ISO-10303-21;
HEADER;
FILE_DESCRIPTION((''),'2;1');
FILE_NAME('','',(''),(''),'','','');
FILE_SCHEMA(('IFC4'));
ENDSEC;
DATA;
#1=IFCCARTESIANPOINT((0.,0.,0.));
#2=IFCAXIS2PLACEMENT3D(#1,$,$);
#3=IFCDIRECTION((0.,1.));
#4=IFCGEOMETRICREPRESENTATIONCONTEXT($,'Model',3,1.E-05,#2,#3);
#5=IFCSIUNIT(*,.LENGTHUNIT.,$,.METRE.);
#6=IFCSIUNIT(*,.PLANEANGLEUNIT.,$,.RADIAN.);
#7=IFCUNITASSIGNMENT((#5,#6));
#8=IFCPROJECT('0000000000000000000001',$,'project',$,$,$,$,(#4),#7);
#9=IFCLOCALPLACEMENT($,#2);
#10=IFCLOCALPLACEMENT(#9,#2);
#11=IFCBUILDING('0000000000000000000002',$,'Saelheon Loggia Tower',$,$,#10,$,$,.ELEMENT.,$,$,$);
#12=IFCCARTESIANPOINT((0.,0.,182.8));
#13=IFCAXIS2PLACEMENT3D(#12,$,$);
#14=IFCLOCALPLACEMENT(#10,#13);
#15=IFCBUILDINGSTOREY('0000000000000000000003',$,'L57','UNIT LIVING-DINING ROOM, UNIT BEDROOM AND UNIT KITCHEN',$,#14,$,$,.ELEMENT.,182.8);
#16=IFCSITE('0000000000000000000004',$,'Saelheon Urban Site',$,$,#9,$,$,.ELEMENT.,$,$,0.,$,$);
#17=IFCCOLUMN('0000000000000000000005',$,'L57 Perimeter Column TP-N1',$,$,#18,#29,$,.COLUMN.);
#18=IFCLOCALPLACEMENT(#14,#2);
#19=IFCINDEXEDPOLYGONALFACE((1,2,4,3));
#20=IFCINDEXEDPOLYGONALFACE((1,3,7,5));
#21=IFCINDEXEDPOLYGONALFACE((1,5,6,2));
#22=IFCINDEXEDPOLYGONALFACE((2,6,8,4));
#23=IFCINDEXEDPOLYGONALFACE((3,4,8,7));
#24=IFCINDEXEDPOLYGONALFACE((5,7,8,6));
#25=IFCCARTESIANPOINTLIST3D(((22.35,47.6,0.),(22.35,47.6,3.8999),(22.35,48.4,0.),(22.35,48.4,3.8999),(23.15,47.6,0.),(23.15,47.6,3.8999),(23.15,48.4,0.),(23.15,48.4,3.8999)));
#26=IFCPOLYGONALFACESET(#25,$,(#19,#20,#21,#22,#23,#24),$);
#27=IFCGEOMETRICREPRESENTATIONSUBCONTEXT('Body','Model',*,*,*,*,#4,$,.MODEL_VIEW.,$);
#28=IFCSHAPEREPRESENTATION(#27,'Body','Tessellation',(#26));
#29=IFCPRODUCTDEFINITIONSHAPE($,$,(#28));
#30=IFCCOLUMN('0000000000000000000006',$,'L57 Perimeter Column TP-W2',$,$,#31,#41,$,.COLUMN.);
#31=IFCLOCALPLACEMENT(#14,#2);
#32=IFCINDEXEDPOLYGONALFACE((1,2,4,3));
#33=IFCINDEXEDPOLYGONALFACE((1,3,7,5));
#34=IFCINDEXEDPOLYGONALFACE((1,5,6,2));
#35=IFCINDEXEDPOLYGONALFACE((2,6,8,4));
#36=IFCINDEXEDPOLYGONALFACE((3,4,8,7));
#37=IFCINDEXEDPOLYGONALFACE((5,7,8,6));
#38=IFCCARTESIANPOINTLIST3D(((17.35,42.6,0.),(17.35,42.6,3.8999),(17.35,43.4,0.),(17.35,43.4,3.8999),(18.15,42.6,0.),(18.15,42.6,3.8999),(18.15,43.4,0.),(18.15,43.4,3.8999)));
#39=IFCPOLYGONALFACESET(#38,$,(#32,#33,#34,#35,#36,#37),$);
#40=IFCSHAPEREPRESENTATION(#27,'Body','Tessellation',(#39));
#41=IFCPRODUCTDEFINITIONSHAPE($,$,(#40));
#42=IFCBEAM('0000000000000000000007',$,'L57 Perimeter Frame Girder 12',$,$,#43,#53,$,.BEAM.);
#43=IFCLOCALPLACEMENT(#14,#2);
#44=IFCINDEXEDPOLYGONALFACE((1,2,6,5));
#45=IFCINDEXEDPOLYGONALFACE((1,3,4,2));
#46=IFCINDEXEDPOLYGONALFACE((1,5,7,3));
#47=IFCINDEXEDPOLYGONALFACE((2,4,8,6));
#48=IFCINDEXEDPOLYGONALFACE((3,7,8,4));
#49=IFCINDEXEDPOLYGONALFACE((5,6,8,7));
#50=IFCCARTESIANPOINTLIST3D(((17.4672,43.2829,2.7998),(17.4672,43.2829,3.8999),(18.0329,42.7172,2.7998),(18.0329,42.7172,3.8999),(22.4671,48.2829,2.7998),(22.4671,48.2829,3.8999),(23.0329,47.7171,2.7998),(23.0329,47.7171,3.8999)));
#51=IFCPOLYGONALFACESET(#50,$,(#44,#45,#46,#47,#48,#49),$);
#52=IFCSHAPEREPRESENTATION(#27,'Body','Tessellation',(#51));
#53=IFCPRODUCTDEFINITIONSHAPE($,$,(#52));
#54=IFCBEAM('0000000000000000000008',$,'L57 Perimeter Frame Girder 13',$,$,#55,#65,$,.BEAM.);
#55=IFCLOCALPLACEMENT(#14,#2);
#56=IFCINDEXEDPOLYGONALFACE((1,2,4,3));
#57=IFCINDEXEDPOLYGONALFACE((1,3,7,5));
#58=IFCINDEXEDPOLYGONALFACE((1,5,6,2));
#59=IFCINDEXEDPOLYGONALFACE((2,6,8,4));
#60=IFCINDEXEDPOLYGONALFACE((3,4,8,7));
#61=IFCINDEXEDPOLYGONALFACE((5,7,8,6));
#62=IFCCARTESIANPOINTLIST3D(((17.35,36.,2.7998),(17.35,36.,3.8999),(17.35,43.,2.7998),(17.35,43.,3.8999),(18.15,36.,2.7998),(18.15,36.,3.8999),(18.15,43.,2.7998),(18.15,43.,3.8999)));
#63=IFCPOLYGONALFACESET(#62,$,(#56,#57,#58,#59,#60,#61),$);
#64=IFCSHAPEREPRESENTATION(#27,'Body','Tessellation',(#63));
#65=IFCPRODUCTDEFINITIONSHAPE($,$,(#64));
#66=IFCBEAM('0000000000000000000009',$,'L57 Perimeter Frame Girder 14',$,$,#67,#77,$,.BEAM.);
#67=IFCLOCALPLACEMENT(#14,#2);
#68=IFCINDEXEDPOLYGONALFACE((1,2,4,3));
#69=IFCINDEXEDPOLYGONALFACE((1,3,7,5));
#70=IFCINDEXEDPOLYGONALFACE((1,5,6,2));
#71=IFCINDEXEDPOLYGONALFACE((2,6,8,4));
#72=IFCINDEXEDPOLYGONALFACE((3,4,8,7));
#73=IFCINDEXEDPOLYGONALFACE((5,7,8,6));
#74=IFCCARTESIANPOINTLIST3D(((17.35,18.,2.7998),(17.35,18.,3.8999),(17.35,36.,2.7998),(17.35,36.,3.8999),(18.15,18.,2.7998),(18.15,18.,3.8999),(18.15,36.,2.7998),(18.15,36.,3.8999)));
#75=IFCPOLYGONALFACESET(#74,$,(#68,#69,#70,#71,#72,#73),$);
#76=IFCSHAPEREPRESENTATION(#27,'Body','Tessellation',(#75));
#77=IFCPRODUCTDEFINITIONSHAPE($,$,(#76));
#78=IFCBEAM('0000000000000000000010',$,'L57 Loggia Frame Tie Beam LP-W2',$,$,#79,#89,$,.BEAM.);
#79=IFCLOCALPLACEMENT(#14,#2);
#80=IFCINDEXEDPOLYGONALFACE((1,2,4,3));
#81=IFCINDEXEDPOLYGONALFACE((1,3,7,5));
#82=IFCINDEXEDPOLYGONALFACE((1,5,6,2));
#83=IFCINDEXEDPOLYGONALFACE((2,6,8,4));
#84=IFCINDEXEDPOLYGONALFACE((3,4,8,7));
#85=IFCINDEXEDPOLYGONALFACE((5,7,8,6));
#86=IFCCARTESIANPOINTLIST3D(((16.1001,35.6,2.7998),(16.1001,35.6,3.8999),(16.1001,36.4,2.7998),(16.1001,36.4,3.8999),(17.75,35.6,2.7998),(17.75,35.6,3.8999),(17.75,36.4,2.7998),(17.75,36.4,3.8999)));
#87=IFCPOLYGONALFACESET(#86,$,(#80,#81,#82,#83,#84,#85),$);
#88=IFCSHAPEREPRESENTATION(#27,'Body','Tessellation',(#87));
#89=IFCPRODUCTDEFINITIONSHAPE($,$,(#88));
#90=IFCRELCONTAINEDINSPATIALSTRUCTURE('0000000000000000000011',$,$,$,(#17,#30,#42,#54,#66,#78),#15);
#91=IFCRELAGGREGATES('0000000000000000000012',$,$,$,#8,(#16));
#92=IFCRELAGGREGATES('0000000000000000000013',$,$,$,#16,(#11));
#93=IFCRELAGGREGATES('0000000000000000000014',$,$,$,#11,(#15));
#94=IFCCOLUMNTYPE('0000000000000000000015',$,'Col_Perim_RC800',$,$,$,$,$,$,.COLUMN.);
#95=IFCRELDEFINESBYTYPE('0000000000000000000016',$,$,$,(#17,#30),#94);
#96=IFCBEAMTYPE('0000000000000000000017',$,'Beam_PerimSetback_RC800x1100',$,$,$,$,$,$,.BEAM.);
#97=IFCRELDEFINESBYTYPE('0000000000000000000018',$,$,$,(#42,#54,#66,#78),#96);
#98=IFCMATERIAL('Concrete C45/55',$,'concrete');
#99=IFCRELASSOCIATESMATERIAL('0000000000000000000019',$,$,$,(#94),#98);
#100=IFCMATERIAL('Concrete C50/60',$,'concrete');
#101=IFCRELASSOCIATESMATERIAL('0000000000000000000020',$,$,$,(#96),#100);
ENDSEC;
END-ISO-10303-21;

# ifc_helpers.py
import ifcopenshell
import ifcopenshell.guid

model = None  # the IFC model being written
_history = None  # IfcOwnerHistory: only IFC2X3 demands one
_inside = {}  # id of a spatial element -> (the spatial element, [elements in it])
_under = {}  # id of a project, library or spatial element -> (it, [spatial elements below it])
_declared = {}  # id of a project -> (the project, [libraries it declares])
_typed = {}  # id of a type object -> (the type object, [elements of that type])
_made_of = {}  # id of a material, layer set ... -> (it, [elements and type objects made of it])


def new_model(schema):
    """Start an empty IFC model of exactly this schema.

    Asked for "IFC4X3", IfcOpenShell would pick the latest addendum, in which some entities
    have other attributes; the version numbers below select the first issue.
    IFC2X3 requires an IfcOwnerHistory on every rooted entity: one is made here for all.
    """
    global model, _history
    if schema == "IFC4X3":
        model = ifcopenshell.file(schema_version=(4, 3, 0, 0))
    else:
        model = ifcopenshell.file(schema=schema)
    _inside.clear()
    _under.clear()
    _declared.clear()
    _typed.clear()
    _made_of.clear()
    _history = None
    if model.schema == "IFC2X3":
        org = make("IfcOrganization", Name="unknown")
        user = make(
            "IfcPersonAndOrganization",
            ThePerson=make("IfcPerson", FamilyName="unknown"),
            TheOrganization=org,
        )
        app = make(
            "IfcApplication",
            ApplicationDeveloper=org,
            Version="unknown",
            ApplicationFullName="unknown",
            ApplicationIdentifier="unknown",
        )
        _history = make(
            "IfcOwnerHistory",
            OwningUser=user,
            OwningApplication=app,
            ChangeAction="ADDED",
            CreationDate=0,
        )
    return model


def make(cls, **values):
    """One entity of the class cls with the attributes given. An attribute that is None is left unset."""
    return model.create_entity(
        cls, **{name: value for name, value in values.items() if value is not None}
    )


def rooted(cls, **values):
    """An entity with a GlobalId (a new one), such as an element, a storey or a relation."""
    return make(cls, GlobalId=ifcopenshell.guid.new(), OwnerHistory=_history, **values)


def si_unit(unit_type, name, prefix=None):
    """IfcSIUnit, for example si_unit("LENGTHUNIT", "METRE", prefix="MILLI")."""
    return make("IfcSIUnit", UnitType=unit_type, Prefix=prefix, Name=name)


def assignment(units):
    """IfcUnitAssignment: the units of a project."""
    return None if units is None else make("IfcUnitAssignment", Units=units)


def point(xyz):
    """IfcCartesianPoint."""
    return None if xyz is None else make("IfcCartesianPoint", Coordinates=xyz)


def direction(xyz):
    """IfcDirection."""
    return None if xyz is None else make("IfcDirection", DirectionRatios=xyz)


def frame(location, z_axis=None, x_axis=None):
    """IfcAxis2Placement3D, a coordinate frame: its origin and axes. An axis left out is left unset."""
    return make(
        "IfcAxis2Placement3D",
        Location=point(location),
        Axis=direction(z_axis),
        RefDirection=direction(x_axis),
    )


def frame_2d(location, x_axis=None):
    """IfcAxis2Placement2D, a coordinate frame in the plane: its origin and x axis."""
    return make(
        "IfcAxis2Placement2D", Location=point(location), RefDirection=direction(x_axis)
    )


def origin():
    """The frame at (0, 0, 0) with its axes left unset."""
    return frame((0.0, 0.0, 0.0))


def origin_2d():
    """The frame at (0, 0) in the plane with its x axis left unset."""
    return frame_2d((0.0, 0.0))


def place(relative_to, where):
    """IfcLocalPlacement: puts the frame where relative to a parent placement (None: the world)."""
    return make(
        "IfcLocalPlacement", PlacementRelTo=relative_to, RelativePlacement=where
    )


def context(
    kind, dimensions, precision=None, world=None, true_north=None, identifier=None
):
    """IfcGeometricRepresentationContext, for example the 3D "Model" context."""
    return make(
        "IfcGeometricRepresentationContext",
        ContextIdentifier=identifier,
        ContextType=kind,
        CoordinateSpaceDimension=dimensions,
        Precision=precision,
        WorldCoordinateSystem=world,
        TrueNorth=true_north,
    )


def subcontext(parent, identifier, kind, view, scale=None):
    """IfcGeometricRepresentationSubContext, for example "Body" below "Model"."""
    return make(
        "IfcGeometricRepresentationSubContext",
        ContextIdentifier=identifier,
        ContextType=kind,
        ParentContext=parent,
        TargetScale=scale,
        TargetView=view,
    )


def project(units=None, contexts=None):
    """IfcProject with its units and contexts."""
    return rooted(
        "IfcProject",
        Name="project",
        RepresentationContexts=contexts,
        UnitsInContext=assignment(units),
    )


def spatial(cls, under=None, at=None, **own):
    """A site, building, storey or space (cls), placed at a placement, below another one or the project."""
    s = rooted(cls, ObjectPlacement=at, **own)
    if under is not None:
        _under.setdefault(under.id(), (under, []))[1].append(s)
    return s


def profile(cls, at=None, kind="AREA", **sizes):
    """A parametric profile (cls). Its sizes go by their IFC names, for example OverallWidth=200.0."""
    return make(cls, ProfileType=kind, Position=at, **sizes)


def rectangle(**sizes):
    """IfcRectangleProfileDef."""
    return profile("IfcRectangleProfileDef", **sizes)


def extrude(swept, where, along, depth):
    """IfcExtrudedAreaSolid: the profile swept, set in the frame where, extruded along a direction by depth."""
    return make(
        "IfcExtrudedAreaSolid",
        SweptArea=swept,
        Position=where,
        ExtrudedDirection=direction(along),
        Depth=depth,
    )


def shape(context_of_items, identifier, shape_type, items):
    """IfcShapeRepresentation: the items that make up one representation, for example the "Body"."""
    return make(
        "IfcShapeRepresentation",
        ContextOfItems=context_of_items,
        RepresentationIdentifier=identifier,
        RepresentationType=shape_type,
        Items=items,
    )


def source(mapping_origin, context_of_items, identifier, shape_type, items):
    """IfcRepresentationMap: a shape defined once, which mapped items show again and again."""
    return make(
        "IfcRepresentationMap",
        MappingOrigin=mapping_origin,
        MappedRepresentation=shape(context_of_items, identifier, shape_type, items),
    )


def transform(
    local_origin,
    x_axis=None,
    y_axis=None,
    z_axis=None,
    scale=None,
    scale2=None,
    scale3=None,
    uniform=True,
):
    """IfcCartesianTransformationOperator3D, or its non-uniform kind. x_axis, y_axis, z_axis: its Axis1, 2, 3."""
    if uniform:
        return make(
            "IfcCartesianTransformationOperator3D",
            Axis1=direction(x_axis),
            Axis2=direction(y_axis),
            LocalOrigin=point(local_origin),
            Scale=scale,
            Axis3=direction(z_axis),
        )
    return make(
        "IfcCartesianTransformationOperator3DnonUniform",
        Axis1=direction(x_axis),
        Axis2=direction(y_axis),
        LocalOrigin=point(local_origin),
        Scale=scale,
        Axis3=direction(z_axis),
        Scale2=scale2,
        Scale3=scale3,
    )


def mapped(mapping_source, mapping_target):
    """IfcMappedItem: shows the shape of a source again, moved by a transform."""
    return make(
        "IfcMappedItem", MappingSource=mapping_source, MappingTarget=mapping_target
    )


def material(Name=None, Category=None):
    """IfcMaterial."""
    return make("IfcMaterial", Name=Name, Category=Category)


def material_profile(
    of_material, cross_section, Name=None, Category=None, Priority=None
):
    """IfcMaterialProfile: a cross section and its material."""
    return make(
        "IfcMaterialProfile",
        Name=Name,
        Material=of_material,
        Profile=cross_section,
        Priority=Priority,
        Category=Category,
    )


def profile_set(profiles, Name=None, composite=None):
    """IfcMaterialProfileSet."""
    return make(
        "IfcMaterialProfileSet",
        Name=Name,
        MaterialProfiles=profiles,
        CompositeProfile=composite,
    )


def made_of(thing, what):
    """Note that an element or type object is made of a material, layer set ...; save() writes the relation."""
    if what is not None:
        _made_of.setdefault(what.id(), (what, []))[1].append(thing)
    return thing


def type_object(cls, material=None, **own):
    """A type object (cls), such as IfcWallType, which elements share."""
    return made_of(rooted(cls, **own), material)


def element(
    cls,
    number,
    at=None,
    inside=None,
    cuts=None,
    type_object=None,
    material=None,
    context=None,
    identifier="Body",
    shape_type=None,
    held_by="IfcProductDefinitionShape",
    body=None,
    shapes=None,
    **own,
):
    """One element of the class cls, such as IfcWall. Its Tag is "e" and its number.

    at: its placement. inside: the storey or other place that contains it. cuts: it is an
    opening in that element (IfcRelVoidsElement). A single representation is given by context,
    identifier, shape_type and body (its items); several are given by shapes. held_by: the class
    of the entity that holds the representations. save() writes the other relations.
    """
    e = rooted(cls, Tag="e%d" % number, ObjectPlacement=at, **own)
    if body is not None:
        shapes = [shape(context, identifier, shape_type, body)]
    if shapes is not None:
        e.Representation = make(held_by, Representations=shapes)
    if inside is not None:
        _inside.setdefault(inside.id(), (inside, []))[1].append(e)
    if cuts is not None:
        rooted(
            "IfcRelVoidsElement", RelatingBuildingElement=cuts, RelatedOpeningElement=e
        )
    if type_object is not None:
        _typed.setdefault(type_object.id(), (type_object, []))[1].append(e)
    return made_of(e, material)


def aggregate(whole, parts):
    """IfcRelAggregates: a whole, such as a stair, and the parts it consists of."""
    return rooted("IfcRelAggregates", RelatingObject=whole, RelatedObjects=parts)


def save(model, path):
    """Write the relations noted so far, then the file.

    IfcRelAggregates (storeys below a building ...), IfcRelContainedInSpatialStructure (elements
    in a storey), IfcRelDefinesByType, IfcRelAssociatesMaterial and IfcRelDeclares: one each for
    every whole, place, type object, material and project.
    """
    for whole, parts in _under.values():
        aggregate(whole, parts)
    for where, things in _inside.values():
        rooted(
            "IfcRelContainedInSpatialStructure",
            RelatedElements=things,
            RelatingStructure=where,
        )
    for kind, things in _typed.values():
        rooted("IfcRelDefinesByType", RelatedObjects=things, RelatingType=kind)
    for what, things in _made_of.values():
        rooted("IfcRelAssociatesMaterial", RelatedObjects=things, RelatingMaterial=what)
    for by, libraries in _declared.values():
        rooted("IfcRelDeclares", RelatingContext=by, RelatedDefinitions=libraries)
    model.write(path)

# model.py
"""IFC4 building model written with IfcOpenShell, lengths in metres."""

from ifc_helpers import new_model, si_unit, direction, frame, origin, origin_2d, place, context, subcontext, project, spatial, rectangle, extrude, source, transform, mapped, material, material_profile, profile_set, type_object, element, save


model = new_model("IFC4")

# Units and contexts
model_context = context("Model", 3, precision=1e-05, world=origin(), true_north=direction((0.0, 1.0)))
body_context = subcontext(model_context, "Body", "Model", "MODEL_VIEW")
ifc_project = project(units=[si_unit("LENGTHUNIT", "METRE"), si_unit("PLANEANGLEUNIT", "RADIAN")], contexts=[model_context])

# Site, building, storey
site_placement = place(None, origin())
site = spatial("IfcSite", under=ifc_project, at=site_placement, Name="Saelheon Urban Site", CompositionType="ELEMENT", RefElevation=0.0)
building_placement = place(site_placement, origin())
building = spatial("IfcBuilding", under=site, at=building_placement, Name="Saelheon Loggia Tower", CompositionType="ELEMENT")
storey_placement = place(building_placement, frame((0.0, 0.0, 182.8)))
storey = spatial("IfcBuildingStorey", under=building, at=storey_placement, Name="L57", Description="UNIT LIVING-DINING ROOM, UNIT BEDROOM AND UNIT KITCHEN", CompositionType="ELEMENT", Elevation=182.8)

# Columns
ifc_material_1 = material(Name="Concrete C45/55", Category="concrete")
ifc_material_profile_1 = material_profile(ifc_material_1, rectangle(XDim=0.8, YDim=0.8, at=origin_2d()), Name="RC-800x800")
ifc_profile_set_1 = profile_set([ifc_material_profile_1], Name="Concrete C45/55")
column_type = type_object("IfcColumnType", Name="Col_Perim_RC800", PredefinedType="COLUMN", material=ifc_profile_set_1)
shared_shape_1 = source(origin(), body_context, "Body", "SweptSolid", [
    extrude(rectangle(XDim=0.8, YDim=0.8, at=origin_2d()), origin(), (0.0, 0.0, 1.0), 3.8999),
])
for number, where, z_axis, x_axis, name in (
    (1, (22.75, 48.0, 0.0), (0.0, 0.0, 1.0), (1.0, 0.0, 0.0), "L57 Perimeter Column TP-N1"),
    (2, (17.75, 43.0, 0.0), (0.0, 0.0, 1.0), (1.0, 0.0, 0.0), "L57 Perimeter Column TP-W2"),
):
    element("IfcColumn", number, at=place(storey_placement, frame(where, z_axis=z_axis, x_axis=x_axis)), inside=storey, type_object=column_type, Name=name, PredefinedType="COLUMN", context=body_context, shape_type="MappedRepresentation", body=[
        mapped(shared_shape_1, transform((0.0, 0.0, 0.0), scale=1.0)),
    ])

# Beams
ifc_material_2 = material(Name="Concrete C50/60", Category="concrete")
ifc_material_profile_2 = material_profile(ifc_material_2, rectangle(XDim=0.8, YDim=1.1001, at=origin_2d()), Name="RC-800x1100")
ifc_profile_set_2 = profile_set([ifc_material_profile_2], Name="Concrete C50/60")
beam_type = type_object("IfcBeamType", Name="Beam_PerimSetback_RC800x1100", PredefinedType="BEAM", material=ifc_profile_set_2)
shared_shape_2 = source(origin(), body_context, "Body", "SweptSolid", [
    extrude(rectangle(XDim=0.8, YDim=1.1001, at=origin_2d()), origin(), (0.0, 0.0, 1.0), 7.071),
])
beam_1_placement = place(storey_placement, frame((22.75, 48.0, 3.3499), z_axis=(-0.707107, -0.707107, 0.0), x_axis=(0.707107, -0.707107, 0.0)))
element("IfcBeam", 3, at=beam_1_placement, inside=storey, type_object=beam_type, Name="L57 Perimeter Frame Girder 12", PredefinedType="BEAM", context=body_context, shape_type="MappedRepresentation", body=[
    mapped(shared_shape_2, transform((0.0, 0.0, 0.0), scale=1.0)),
])
shared_shape_3 = source(origin(), body_context, "Body", "SweptSolid", [
    extrude(rectangle(XDim=0.8, YDim=1.1001, at=origin_2d()), origin(), (0.0, 0.0, 1.0), 7.0),
])
beam_2_placement = place(storey_placement, frame((17.75, 43.0, 3.3499), z_axis=(0.0, -1.0, 0.0), x_axis=(1.0, 0.0, 0.0)))
element("IfcBeam", 4, at=beam_2_placement, inside=storey, type_object=beam_type, Name="L57 Perimeter Frame Girder 13", PredefinedType="BEAM", context=body_context, shape_type="MappedRepresentation", body=[
    mapped(shared_shape_3, transform((0.0, 0.0, 0.0), scale=1.0)),
])
shared_shape_4 = source(origin(), body_context, "Body", "SweptSolid", [
    extrude(rectangle(XDim=0.8, YDim=1.1001, at=origin_2d()), origin(), (0.0, 0.0, 1.0), 18.0),
])
beam_3_placement = place(storey_placement, frame((17.75, 36.0, 3.3499), z_axis=(0.0, -1.0, 0.0), x_axis=(1.0, 0.0, 0.0)))
element("IfcBeam", 5, at=beam_3_placement, inside=storey, type_object=beam_type, Name="L57 Perimeter Frame Girder 14", PredefinedType="BEAM", context=body_context, shape_type="MappedRepresentation", body=[
    mapped(shared_shape_4, transform((0.0, 0.0, 0.0), scale=1.0)),
])
shared_shape_5 = source(origin(), body_context, "Body", "SweptSolid", [
    extrude(rectangle(XDim=0.8, YDim=1.1001, at=origin_2d()), origin(), (0.0, 0.0, 1.0), 1.6499),
])
beam_4_placement = place(storey_placement, frame((17.75, 36.0, 3.3499), z_axis=(-1.0, 0.0, 0.0), x_axis=(0.0, -1.0, 0.0)))
element("IfcBeam", 6, at=beam_4_placement, inside=storey, type_object=beam_type, Name="L57 Loggia Frame Tie Beam LP-W2", PredefinedType="BEAM", context=body_context, shape_type="MappedRepresentation", body=[
    mapped(shared_shape_5, transform((0.0, 0.0, 0.0), scale=1.0)),
])

save(model, "model.ifc")
